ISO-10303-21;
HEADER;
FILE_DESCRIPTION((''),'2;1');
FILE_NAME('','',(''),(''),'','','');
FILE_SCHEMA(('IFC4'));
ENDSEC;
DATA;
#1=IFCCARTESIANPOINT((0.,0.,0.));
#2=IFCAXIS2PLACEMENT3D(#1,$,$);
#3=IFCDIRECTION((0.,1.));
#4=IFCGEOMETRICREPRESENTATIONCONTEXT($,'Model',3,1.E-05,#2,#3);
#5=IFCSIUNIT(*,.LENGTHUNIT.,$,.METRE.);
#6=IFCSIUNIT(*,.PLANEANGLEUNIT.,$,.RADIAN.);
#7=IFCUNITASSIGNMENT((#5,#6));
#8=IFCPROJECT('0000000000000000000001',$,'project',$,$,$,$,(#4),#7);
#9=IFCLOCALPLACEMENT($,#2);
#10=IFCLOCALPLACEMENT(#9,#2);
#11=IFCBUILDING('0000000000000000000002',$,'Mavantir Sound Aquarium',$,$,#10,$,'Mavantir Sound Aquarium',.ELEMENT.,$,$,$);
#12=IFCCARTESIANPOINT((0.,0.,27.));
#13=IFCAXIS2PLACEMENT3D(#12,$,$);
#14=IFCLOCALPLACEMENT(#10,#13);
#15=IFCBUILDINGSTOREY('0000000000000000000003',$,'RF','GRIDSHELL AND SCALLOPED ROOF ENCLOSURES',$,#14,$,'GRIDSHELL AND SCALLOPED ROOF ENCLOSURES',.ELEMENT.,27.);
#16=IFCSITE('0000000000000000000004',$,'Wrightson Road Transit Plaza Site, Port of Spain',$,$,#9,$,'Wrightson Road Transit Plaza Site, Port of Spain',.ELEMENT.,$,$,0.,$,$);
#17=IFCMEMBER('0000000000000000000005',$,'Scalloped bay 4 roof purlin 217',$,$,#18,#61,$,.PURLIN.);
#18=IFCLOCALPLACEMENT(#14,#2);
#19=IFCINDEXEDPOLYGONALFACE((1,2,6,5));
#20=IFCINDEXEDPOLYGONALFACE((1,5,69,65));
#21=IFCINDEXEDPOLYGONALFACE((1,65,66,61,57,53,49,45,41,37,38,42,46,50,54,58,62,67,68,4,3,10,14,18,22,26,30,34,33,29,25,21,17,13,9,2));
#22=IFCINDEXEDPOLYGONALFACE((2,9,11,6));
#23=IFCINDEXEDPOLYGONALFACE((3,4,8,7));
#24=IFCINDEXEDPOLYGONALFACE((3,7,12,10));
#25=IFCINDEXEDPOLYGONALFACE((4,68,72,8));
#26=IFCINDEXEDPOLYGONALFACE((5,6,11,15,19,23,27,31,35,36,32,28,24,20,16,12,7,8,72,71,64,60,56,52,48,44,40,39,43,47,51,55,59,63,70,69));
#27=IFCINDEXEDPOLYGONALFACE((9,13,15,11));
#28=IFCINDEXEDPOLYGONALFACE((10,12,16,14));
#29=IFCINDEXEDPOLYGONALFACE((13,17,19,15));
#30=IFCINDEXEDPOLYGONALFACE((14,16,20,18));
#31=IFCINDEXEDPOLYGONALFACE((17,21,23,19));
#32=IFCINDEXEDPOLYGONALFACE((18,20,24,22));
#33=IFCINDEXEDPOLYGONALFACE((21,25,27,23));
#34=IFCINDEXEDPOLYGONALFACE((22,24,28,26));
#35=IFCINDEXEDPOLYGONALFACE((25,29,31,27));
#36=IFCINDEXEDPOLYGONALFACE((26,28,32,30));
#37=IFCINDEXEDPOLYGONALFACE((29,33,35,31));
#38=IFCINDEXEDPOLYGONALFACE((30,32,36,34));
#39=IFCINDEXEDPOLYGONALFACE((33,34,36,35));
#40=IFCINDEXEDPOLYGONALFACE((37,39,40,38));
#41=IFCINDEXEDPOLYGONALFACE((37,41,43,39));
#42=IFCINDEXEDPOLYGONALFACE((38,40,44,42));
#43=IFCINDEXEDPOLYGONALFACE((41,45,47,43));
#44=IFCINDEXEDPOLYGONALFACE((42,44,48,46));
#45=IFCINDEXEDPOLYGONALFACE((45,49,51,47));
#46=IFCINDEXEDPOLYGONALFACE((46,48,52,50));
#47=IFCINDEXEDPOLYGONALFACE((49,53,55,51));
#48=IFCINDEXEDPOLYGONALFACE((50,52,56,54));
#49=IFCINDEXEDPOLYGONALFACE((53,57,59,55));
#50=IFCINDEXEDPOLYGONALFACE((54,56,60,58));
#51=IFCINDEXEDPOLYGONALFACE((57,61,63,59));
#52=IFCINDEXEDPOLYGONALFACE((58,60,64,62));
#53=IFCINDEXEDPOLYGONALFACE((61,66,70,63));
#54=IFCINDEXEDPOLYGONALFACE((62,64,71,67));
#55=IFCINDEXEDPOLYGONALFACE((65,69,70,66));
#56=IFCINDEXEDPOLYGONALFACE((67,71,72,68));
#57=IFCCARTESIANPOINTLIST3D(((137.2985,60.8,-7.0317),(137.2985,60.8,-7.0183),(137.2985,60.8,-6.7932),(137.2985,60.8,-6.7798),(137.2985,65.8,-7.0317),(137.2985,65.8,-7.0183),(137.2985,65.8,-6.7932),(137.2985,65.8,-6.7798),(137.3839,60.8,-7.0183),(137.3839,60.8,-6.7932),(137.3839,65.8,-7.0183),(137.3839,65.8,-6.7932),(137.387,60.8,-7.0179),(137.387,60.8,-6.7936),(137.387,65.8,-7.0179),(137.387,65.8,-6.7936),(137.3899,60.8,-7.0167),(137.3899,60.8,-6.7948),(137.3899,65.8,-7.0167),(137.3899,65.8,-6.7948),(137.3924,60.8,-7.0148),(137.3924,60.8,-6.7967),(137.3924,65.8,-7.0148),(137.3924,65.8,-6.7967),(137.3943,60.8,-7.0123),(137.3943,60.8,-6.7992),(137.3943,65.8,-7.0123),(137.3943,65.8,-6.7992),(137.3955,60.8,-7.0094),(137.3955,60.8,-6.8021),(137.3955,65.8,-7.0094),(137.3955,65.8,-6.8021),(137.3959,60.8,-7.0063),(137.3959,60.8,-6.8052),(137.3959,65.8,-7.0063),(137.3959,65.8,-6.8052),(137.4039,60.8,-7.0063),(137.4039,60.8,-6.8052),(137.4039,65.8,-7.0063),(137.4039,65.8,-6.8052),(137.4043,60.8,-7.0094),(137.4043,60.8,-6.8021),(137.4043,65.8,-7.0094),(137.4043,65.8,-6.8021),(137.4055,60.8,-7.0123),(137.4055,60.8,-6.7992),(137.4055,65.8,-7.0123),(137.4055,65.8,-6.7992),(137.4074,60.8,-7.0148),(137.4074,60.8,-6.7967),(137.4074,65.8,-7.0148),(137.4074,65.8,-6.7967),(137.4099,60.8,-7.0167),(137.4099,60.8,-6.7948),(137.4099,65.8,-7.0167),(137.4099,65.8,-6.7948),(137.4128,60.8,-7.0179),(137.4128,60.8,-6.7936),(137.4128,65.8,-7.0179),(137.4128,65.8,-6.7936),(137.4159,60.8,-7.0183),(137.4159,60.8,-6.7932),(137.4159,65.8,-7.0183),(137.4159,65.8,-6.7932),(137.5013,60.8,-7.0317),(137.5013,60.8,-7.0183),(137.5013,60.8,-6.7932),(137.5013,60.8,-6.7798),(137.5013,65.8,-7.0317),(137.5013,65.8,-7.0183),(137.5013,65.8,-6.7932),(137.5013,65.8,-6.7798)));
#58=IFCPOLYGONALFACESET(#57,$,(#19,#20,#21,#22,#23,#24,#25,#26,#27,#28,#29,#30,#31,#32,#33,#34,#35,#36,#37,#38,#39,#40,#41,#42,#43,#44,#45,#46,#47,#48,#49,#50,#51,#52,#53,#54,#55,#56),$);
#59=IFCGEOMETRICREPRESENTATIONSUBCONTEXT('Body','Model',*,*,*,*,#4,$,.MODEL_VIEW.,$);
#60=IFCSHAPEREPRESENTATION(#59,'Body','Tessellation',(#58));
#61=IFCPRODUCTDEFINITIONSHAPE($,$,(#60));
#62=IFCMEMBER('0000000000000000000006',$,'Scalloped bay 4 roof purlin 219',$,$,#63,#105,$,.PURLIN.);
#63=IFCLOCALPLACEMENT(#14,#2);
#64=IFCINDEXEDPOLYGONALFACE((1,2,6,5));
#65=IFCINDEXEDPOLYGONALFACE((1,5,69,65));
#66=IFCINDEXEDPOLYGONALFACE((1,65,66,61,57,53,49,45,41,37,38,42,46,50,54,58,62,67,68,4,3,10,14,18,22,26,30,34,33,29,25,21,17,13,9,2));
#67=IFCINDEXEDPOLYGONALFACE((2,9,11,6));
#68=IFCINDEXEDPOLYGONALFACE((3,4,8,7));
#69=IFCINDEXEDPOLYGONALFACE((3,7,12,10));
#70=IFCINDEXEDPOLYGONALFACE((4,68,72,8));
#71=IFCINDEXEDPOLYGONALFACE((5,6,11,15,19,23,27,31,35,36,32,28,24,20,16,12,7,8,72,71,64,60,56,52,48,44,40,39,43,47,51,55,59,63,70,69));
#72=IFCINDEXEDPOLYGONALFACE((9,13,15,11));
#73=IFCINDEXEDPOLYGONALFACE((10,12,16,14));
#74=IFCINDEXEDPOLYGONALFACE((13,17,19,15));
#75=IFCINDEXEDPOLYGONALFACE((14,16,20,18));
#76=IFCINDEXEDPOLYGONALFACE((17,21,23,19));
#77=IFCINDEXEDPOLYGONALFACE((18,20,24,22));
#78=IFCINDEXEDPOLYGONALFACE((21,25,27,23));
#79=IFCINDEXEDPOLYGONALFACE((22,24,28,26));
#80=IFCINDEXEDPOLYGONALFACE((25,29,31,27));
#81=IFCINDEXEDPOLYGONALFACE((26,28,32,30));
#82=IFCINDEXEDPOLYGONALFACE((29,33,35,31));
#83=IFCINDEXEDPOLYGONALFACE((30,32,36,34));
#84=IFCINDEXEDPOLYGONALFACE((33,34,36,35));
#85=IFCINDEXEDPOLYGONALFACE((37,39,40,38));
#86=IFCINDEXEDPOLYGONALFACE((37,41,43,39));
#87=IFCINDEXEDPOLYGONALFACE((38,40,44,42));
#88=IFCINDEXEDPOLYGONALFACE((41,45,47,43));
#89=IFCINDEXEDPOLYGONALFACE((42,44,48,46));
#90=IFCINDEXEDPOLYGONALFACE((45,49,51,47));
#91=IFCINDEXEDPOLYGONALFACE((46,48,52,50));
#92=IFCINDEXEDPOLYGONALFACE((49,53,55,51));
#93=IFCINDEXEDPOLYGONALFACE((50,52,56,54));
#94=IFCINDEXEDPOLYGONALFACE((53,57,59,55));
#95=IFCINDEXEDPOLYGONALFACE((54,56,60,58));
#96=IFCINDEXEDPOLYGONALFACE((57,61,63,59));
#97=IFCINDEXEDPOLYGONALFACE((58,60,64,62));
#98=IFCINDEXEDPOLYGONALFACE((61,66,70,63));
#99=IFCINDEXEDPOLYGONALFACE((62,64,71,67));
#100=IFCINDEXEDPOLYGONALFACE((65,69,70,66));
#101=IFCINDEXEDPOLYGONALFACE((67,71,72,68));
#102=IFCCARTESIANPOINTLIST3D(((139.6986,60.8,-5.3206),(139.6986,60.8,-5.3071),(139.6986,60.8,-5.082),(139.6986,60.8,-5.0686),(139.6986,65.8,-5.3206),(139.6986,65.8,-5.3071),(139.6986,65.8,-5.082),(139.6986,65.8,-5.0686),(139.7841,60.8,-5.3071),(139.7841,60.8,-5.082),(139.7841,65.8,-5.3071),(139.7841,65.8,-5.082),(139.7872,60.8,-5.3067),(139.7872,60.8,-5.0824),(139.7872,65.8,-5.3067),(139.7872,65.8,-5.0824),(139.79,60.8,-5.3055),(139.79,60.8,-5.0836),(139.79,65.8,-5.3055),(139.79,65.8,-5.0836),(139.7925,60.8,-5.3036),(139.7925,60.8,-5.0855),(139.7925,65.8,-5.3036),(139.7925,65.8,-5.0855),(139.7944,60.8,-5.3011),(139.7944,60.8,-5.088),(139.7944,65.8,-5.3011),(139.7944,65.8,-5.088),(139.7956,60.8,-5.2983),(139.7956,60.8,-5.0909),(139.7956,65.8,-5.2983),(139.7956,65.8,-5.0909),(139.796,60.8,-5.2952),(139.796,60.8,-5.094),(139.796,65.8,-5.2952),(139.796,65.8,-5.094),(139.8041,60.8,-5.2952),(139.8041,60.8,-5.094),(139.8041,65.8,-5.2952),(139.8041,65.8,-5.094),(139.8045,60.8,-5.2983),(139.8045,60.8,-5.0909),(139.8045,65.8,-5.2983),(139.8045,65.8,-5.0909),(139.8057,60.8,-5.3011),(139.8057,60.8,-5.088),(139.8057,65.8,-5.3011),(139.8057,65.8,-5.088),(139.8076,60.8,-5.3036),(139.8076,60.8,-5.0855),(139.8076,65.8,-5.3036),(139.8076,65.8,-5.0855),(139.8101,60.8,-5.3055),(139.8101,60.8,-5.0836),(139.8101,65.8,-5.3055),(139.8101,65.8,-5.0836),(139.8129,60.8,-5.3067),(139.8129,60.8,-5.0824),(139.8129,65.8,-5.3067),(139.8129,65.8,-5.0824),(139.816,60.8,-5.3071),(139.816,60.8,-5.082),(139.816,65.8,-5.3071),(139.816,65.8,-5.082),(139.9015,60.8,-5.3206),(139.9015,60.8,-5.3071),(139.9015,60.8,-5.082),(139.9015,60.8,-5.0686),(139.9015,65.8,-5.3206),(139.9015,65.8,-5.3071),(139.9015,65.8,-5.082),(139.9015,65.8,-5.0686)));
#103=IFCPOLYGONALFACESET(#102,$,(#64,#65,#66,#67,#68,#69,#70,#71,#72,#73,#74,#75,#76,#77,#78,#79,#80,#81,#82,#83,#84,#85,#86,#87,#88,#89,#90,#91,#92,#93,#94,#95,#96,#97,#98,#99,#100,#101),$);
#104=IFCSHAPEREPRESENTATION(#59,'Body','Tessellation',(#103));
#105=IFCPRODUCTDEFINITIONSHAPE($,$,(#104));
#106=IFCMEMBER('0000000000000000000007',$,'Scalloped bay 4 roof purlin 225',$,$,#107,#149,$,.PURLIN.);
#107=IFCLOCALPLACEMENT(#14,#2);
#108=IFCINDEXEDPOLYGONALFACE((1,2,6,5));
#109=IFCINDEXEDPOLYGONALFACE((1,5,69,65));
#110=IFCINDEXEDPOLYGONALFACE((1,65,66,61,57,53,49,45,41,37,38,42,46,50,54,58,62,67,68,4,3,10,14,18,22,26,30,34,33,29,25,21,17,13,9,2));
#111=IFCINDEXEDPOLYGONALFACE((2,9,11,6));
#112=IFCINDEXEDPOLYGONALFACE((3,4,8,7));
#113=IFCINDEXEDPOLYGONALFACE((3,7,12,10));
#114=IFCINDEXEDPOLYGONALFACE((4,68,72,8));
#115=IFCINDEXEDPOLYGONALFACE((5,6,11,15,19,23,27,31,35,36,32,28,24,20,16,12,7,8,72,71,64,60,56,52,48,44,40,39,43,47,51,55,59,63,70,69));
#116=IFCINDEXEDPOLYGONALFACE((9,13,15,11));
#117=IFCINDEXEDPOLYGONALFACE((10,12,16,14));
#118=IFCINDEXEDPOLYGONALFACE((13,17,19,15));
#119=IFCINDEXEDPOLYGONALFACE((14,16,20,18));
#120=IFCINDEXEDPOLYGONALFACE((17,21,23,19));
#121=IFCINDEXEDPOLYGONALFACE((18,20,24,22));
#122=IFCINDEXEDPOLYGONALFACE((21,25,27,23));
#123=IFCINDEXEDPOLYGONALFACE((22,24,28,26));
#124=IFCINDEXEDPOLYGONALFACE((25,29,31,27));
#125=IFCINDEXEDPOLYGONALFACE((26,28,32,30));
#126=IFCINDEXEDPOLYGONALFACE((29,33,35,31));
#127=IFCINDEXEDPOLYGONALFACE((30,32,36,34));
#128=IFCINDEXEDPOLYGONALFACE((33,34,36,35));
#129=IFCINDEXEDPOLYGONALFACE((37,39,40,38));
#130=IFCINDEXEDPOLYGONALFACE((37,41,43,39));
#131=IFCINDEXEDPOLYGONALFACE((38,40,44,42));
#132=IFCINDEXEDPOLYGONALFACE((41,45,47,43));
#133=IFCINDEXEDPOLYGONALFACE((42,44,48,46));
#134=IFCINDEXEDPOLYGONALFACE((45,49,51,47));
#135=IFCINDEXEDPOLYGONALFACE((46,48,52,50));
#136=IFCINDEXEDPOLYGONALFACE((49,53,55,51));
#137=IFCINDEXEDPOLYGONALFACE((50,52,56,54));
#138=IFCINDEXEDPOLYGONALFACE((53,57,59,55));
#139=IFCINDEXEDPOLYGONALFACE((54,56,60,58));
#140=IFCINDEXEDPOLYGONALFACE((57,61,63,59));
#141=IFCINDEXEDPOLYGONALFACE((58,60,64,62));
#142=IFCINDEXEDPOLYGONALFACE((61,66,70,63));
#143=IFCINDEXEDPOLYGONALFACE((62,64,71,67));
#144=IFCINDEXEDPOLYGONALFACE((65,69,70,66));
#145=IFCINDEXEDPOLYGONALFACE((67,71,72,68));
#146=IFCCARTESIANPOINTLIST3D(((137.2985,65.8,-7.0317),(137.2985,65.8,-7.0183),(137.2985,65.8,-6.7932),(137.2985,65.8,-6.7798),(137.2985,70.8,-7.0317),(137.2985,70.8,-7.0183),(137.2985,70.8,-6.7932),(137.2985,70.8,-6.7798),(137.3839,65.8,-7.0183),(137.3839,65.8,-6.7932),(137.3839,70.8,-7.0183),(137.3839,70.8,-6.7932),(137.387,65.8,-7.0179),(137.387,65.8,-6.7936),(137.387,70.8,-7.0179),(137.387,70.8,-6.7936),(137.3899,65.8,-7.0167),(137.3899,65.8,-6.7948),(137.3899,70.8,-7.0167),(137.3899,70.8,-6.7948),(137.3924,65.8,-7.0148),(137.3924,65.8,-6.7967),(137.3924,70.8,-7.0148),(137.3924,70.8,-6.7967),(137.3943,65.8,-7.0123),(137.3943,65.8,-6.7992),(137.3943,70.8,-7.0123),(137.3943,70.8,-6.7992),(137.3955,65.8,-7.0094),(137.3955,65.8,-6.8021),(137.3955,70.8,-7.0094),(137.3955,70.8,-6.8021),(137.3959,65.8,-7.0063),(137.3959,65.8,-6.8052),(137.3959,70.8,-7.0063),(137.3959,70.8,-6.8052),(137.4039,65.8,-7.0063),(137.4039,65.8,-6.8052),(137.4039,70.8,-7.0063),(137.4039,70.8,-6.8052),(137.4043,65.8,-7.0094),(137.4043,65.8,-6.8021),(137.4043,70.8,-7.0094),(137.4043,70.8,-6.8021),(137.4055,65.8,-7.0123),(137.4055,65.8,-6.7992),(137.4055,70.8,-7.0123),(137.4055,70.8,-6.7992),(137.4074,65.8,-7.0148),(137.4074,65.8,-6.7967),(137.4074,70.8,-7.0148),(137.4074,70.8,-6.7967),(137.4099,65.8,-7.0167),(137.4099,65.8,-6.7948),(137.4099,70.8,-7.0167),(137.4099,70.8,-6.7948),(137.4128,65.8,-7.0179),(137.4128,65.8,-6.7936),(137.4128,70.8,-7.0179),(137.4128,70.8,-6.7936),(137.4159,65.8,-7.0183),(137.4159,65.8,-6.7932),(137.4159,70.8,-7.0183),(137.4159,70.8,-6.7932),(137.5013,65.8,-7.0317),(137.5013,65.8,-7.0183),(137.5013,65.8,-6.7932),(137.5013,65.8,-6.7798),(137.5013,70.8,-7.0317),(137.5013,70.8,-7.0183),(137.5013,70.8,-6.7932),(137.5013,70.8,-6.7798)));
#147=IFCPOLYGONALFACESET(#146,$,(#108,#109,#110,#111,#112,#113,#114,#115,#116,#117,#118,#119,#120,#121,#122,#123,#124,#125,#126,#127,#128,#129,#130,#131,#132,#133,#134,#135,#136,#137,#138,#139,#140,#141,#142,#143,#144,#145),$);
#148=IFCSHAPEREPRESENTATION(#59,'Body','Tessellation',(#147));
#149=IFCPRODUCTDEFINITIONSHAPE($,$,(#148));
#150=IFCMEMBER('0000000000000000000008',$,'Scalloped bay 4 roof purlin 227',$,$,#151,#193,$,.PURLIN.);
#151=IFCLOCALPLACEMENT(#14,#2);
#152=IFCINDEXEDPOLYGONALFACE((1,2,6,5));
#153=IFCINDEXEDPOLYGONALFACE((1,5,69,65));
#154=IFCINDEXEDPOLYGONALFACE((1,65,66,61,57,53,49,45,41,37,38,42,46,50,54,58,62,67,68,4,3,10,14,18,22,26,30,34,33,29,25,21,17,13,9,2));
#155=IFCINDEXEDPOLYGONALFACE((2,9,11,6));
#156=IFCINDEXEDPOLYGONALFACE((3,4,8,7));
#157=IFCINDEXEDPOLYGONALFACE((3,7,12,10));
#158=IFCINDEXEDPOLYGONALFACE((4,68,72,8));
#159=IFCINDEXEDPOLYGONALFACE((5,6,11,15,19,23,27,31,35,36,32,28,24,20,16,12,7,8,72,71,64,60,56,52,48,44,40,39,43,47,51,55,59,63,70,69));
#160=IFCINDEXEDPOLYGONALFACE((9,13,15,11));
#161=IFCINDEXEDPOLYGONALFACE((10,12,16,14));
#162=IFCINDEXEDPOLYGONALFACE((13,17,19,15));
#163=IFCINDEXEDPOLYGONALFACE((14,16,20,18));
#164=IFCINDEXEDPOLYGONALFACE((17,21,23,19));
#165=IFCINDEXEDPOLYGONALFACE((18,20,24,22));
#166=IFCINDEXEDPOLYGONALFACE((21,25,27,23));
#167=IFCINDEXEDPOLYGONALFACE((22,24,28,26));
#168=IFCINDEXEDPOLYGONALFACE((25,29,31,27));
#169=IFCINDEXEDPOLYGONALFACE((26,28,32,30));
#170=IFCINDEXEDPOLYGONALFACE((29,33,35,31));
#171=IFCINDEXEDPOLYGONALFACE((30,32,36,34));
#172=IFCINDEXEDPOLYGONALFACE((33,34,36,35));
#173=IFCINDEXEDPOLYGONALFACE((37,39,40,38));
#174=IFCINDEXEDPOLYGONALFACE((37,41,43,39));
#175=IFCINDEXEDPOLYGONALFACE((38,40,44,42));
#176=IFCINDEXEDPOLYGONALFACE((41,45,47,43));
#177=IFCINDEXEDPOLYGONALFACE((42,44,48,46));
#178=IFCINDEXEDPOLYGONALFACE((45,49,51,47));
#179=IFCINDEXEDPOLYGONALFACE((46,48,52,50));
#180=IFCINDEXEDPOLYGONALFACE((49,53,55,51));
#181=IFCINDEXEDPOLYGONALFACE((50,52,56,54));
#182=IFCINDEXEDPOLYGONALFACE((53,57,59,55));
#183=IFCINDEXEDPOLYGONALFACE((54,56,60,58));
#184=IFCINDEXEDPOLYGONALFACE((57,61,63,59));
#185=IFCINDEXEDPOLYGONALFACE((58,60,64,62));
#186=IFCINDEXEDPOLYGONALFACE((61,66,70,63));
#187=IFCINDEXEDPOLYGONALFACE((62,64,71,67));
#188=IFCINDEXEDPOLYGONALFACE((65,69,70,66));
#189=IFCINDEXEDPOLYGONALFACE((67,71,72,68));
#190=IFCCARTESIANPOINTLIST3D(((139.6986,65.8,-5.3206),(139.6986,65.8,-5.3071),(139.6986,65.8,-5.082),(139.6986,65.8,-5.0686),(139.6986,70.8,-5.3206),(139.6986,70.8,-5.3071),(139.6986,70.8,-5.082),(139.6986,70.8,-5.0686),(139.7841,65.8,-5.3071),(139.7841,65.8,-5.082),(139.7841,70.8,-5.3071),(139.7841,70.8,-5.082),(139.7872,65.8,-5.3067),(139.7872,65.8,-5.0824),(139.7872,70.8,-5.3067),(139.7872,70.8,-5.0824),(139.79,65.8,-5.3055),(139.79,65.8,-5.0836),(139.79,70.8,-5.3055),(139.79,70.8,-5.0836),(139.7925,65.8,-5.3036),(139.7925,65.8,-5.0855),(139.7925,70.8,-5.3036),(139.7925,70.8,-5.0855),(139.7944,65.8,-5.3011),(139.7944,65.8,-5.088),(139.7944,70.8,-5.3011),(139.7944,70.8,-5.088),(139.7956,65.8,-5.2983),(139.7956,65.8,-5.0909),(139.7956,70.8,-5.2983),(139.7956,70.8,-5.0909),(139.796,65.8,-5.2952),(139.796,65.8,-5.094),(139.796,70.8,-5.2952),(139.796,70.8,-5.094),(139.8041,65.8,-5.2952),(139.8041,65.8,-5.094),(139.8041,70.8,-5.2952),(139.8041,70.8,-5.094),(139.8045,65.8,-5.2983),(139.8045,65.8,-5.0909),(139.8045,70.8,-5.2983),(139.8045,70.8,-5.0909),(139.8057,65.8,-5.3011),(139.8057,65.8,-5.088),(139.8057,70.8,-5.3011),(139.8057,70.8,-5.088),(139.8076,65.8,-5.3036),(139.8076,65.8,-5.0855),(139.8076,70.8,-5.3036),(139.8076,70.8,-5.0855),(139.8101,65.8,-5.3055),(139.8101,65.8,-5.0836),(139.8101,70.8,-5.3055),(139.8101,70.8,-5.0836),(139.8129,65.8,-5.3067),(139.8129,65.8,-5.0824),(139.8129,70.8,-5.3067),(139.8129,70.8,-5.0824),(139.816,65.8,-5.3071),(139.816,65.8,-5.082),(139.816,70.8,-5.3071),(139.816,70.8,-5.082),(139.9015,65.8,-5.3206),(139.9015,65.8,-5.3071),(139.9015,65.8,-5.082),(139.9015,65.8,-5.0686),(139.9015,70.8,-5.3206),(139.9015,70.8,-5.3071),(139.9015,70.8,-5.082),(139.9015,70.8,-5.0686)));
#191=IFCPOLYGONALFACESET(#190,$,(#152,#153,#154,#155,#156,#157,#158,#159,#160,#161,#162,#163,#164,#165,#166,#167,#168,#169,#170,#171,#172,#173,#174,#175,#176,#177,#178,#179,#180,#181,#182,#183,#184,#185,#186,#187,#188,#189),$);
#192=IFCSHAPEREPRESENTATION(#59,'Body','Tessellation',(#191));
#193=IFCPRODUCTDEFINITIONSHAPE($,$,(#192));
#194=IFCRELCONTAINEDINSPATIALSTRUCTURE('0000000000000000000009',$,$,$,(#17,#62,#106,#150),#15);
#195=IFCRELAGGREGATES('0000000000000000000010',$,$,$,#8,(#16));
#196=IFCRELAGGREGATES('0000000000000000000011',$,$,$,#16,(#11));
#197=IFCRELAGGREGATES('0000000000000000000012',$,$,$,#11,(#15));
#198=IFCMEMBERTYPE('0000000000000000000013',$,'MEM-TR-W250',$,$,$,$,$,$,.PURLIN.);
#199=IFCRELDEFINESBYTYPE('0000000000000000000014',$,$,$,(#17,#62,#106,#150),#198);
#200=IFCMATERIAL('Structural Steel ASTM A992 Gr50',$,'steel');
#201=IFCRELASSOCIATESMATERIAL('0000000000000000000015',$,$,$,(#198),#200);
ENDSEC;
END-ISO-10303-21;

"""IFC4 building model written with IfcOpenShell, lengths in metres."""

from ifc_helpers import new_model, si_unit, direction, frame, origin, origin_2d, place, context, subcontext, project, spatial, i_section, extrude, material, material_profile, profile_set, type_object, element, save


model = new_model("IFC4")

# Units and contexts
model_context = context("Model", 3, precision=1e-05, world=origin(), true_north=direction((0.0, 1.0)))
body_context = subcontext(model_context, "Body", "Model", "MODEL_VIEW")
ifc_project = project(units=[si_unit("LENGTHUNIT", "METRE"), si_unit("PLANEANGLEUNIT", "RADIAN")], contexts=[model_context])

# Site, building, storey
site_placement = place(None, origin())
site = spatial("IfcSite", under=ifc_project, at=site_placement, Name="Wrightson Road Transit Plaza Site, Port of Spain", LongName="Wrightson Road Transit Plaza Site, Port of Spain", CompositionType="ELEMENT", RefElevation=0.0)
building_placement = place(site_placement, origin())
building = spatial("IfcBuilding", under=site, at=building_placement, Name="Mavantir Sound Aquarium", LongName="Mavantir Sound Aquarium", CompositionType="ELEMENT")
storey_placement = place(building_placement, frame((0.0, 0.0, 27.0)))
storey = spatial("IfcBuildingStorey", under=building, at=storey_placement, Name="RF", Description="GRIDSHELL AND SCALLOPED ROOF ENCLOSURES", LongName="GRIDSHELL AND SCALLOPED ROOF ENCLOSURES", CompositionType="ELEMENT", Elevation=27.0)

# Shared definitions
ifc_material_1 = material(Name="Structural Steel ASTM A992 Gr50", Category="steel")

# Members
ifc_material_profile_1 = material_profile(ifc_material_1, i_section(OverallWidth=0.2029, OverallDepth=0.252, WebThickness=0.0081, FlangeThickness=0.0134, FilletRadius=0.012, at=origin_2d()), Name="W250X58")
ifc_profile_set_1 = profile_set([ifc_material_profile_1], Name="Structural Steel ASTM A992 Gr50")
member_type_1 = type_object("IfcMemberType", Name="MEM-TR-W250", PredefinedType="PURLIN", material=ifc_profile_set_1)
for number, where, z_axis, x_axis, name in (
    (1, (137.3999, 60.8, -6.9058), (0.0, 1.0, 0.0), (-1.0, 0.0, 0.0), "Scalloped bay 4 roof purlin 217"),
    (2, (139.8, 60.8, -5.1946), (0.0, 1.0, 0.0), (-1.0, 0.0, 0.0), "Scalloped bay 4 roof purlin 219"),
    (3, (137.3999, 65.8, -6.9058), (0.0, 1.0, 0.0), (-1.0, 0.0, 0.0), "Scalloped bay 4 roof purlin 225"),
    (4, (139.8, 65.8, -5.1946), (0.0, 1.0, 0.0), (-1.0, 0.0, 0.0), "Scalloped bay 4 roof purlin 227"),
):
    element("IfcMember", number, at=place(storey_placement, frame(where, z_axis=z_axis, x_axis=x_axis)), inside=storey, type_object=member_type_1, Name=name, PredefinedType="PURLIN", context=body_context, shape_type="SweptSolid", body=[
        extrude(i_section(OverallWidth=0.2029, OverallDepth=0.252, WebThickness=0.0081, FlangeThickness=0.0134, FilletRadius=0.012, at=origin_2d()), origin(), (0.0, 0.0, 1.0), 5.0),
    ])

save(model, "model.ifc")
